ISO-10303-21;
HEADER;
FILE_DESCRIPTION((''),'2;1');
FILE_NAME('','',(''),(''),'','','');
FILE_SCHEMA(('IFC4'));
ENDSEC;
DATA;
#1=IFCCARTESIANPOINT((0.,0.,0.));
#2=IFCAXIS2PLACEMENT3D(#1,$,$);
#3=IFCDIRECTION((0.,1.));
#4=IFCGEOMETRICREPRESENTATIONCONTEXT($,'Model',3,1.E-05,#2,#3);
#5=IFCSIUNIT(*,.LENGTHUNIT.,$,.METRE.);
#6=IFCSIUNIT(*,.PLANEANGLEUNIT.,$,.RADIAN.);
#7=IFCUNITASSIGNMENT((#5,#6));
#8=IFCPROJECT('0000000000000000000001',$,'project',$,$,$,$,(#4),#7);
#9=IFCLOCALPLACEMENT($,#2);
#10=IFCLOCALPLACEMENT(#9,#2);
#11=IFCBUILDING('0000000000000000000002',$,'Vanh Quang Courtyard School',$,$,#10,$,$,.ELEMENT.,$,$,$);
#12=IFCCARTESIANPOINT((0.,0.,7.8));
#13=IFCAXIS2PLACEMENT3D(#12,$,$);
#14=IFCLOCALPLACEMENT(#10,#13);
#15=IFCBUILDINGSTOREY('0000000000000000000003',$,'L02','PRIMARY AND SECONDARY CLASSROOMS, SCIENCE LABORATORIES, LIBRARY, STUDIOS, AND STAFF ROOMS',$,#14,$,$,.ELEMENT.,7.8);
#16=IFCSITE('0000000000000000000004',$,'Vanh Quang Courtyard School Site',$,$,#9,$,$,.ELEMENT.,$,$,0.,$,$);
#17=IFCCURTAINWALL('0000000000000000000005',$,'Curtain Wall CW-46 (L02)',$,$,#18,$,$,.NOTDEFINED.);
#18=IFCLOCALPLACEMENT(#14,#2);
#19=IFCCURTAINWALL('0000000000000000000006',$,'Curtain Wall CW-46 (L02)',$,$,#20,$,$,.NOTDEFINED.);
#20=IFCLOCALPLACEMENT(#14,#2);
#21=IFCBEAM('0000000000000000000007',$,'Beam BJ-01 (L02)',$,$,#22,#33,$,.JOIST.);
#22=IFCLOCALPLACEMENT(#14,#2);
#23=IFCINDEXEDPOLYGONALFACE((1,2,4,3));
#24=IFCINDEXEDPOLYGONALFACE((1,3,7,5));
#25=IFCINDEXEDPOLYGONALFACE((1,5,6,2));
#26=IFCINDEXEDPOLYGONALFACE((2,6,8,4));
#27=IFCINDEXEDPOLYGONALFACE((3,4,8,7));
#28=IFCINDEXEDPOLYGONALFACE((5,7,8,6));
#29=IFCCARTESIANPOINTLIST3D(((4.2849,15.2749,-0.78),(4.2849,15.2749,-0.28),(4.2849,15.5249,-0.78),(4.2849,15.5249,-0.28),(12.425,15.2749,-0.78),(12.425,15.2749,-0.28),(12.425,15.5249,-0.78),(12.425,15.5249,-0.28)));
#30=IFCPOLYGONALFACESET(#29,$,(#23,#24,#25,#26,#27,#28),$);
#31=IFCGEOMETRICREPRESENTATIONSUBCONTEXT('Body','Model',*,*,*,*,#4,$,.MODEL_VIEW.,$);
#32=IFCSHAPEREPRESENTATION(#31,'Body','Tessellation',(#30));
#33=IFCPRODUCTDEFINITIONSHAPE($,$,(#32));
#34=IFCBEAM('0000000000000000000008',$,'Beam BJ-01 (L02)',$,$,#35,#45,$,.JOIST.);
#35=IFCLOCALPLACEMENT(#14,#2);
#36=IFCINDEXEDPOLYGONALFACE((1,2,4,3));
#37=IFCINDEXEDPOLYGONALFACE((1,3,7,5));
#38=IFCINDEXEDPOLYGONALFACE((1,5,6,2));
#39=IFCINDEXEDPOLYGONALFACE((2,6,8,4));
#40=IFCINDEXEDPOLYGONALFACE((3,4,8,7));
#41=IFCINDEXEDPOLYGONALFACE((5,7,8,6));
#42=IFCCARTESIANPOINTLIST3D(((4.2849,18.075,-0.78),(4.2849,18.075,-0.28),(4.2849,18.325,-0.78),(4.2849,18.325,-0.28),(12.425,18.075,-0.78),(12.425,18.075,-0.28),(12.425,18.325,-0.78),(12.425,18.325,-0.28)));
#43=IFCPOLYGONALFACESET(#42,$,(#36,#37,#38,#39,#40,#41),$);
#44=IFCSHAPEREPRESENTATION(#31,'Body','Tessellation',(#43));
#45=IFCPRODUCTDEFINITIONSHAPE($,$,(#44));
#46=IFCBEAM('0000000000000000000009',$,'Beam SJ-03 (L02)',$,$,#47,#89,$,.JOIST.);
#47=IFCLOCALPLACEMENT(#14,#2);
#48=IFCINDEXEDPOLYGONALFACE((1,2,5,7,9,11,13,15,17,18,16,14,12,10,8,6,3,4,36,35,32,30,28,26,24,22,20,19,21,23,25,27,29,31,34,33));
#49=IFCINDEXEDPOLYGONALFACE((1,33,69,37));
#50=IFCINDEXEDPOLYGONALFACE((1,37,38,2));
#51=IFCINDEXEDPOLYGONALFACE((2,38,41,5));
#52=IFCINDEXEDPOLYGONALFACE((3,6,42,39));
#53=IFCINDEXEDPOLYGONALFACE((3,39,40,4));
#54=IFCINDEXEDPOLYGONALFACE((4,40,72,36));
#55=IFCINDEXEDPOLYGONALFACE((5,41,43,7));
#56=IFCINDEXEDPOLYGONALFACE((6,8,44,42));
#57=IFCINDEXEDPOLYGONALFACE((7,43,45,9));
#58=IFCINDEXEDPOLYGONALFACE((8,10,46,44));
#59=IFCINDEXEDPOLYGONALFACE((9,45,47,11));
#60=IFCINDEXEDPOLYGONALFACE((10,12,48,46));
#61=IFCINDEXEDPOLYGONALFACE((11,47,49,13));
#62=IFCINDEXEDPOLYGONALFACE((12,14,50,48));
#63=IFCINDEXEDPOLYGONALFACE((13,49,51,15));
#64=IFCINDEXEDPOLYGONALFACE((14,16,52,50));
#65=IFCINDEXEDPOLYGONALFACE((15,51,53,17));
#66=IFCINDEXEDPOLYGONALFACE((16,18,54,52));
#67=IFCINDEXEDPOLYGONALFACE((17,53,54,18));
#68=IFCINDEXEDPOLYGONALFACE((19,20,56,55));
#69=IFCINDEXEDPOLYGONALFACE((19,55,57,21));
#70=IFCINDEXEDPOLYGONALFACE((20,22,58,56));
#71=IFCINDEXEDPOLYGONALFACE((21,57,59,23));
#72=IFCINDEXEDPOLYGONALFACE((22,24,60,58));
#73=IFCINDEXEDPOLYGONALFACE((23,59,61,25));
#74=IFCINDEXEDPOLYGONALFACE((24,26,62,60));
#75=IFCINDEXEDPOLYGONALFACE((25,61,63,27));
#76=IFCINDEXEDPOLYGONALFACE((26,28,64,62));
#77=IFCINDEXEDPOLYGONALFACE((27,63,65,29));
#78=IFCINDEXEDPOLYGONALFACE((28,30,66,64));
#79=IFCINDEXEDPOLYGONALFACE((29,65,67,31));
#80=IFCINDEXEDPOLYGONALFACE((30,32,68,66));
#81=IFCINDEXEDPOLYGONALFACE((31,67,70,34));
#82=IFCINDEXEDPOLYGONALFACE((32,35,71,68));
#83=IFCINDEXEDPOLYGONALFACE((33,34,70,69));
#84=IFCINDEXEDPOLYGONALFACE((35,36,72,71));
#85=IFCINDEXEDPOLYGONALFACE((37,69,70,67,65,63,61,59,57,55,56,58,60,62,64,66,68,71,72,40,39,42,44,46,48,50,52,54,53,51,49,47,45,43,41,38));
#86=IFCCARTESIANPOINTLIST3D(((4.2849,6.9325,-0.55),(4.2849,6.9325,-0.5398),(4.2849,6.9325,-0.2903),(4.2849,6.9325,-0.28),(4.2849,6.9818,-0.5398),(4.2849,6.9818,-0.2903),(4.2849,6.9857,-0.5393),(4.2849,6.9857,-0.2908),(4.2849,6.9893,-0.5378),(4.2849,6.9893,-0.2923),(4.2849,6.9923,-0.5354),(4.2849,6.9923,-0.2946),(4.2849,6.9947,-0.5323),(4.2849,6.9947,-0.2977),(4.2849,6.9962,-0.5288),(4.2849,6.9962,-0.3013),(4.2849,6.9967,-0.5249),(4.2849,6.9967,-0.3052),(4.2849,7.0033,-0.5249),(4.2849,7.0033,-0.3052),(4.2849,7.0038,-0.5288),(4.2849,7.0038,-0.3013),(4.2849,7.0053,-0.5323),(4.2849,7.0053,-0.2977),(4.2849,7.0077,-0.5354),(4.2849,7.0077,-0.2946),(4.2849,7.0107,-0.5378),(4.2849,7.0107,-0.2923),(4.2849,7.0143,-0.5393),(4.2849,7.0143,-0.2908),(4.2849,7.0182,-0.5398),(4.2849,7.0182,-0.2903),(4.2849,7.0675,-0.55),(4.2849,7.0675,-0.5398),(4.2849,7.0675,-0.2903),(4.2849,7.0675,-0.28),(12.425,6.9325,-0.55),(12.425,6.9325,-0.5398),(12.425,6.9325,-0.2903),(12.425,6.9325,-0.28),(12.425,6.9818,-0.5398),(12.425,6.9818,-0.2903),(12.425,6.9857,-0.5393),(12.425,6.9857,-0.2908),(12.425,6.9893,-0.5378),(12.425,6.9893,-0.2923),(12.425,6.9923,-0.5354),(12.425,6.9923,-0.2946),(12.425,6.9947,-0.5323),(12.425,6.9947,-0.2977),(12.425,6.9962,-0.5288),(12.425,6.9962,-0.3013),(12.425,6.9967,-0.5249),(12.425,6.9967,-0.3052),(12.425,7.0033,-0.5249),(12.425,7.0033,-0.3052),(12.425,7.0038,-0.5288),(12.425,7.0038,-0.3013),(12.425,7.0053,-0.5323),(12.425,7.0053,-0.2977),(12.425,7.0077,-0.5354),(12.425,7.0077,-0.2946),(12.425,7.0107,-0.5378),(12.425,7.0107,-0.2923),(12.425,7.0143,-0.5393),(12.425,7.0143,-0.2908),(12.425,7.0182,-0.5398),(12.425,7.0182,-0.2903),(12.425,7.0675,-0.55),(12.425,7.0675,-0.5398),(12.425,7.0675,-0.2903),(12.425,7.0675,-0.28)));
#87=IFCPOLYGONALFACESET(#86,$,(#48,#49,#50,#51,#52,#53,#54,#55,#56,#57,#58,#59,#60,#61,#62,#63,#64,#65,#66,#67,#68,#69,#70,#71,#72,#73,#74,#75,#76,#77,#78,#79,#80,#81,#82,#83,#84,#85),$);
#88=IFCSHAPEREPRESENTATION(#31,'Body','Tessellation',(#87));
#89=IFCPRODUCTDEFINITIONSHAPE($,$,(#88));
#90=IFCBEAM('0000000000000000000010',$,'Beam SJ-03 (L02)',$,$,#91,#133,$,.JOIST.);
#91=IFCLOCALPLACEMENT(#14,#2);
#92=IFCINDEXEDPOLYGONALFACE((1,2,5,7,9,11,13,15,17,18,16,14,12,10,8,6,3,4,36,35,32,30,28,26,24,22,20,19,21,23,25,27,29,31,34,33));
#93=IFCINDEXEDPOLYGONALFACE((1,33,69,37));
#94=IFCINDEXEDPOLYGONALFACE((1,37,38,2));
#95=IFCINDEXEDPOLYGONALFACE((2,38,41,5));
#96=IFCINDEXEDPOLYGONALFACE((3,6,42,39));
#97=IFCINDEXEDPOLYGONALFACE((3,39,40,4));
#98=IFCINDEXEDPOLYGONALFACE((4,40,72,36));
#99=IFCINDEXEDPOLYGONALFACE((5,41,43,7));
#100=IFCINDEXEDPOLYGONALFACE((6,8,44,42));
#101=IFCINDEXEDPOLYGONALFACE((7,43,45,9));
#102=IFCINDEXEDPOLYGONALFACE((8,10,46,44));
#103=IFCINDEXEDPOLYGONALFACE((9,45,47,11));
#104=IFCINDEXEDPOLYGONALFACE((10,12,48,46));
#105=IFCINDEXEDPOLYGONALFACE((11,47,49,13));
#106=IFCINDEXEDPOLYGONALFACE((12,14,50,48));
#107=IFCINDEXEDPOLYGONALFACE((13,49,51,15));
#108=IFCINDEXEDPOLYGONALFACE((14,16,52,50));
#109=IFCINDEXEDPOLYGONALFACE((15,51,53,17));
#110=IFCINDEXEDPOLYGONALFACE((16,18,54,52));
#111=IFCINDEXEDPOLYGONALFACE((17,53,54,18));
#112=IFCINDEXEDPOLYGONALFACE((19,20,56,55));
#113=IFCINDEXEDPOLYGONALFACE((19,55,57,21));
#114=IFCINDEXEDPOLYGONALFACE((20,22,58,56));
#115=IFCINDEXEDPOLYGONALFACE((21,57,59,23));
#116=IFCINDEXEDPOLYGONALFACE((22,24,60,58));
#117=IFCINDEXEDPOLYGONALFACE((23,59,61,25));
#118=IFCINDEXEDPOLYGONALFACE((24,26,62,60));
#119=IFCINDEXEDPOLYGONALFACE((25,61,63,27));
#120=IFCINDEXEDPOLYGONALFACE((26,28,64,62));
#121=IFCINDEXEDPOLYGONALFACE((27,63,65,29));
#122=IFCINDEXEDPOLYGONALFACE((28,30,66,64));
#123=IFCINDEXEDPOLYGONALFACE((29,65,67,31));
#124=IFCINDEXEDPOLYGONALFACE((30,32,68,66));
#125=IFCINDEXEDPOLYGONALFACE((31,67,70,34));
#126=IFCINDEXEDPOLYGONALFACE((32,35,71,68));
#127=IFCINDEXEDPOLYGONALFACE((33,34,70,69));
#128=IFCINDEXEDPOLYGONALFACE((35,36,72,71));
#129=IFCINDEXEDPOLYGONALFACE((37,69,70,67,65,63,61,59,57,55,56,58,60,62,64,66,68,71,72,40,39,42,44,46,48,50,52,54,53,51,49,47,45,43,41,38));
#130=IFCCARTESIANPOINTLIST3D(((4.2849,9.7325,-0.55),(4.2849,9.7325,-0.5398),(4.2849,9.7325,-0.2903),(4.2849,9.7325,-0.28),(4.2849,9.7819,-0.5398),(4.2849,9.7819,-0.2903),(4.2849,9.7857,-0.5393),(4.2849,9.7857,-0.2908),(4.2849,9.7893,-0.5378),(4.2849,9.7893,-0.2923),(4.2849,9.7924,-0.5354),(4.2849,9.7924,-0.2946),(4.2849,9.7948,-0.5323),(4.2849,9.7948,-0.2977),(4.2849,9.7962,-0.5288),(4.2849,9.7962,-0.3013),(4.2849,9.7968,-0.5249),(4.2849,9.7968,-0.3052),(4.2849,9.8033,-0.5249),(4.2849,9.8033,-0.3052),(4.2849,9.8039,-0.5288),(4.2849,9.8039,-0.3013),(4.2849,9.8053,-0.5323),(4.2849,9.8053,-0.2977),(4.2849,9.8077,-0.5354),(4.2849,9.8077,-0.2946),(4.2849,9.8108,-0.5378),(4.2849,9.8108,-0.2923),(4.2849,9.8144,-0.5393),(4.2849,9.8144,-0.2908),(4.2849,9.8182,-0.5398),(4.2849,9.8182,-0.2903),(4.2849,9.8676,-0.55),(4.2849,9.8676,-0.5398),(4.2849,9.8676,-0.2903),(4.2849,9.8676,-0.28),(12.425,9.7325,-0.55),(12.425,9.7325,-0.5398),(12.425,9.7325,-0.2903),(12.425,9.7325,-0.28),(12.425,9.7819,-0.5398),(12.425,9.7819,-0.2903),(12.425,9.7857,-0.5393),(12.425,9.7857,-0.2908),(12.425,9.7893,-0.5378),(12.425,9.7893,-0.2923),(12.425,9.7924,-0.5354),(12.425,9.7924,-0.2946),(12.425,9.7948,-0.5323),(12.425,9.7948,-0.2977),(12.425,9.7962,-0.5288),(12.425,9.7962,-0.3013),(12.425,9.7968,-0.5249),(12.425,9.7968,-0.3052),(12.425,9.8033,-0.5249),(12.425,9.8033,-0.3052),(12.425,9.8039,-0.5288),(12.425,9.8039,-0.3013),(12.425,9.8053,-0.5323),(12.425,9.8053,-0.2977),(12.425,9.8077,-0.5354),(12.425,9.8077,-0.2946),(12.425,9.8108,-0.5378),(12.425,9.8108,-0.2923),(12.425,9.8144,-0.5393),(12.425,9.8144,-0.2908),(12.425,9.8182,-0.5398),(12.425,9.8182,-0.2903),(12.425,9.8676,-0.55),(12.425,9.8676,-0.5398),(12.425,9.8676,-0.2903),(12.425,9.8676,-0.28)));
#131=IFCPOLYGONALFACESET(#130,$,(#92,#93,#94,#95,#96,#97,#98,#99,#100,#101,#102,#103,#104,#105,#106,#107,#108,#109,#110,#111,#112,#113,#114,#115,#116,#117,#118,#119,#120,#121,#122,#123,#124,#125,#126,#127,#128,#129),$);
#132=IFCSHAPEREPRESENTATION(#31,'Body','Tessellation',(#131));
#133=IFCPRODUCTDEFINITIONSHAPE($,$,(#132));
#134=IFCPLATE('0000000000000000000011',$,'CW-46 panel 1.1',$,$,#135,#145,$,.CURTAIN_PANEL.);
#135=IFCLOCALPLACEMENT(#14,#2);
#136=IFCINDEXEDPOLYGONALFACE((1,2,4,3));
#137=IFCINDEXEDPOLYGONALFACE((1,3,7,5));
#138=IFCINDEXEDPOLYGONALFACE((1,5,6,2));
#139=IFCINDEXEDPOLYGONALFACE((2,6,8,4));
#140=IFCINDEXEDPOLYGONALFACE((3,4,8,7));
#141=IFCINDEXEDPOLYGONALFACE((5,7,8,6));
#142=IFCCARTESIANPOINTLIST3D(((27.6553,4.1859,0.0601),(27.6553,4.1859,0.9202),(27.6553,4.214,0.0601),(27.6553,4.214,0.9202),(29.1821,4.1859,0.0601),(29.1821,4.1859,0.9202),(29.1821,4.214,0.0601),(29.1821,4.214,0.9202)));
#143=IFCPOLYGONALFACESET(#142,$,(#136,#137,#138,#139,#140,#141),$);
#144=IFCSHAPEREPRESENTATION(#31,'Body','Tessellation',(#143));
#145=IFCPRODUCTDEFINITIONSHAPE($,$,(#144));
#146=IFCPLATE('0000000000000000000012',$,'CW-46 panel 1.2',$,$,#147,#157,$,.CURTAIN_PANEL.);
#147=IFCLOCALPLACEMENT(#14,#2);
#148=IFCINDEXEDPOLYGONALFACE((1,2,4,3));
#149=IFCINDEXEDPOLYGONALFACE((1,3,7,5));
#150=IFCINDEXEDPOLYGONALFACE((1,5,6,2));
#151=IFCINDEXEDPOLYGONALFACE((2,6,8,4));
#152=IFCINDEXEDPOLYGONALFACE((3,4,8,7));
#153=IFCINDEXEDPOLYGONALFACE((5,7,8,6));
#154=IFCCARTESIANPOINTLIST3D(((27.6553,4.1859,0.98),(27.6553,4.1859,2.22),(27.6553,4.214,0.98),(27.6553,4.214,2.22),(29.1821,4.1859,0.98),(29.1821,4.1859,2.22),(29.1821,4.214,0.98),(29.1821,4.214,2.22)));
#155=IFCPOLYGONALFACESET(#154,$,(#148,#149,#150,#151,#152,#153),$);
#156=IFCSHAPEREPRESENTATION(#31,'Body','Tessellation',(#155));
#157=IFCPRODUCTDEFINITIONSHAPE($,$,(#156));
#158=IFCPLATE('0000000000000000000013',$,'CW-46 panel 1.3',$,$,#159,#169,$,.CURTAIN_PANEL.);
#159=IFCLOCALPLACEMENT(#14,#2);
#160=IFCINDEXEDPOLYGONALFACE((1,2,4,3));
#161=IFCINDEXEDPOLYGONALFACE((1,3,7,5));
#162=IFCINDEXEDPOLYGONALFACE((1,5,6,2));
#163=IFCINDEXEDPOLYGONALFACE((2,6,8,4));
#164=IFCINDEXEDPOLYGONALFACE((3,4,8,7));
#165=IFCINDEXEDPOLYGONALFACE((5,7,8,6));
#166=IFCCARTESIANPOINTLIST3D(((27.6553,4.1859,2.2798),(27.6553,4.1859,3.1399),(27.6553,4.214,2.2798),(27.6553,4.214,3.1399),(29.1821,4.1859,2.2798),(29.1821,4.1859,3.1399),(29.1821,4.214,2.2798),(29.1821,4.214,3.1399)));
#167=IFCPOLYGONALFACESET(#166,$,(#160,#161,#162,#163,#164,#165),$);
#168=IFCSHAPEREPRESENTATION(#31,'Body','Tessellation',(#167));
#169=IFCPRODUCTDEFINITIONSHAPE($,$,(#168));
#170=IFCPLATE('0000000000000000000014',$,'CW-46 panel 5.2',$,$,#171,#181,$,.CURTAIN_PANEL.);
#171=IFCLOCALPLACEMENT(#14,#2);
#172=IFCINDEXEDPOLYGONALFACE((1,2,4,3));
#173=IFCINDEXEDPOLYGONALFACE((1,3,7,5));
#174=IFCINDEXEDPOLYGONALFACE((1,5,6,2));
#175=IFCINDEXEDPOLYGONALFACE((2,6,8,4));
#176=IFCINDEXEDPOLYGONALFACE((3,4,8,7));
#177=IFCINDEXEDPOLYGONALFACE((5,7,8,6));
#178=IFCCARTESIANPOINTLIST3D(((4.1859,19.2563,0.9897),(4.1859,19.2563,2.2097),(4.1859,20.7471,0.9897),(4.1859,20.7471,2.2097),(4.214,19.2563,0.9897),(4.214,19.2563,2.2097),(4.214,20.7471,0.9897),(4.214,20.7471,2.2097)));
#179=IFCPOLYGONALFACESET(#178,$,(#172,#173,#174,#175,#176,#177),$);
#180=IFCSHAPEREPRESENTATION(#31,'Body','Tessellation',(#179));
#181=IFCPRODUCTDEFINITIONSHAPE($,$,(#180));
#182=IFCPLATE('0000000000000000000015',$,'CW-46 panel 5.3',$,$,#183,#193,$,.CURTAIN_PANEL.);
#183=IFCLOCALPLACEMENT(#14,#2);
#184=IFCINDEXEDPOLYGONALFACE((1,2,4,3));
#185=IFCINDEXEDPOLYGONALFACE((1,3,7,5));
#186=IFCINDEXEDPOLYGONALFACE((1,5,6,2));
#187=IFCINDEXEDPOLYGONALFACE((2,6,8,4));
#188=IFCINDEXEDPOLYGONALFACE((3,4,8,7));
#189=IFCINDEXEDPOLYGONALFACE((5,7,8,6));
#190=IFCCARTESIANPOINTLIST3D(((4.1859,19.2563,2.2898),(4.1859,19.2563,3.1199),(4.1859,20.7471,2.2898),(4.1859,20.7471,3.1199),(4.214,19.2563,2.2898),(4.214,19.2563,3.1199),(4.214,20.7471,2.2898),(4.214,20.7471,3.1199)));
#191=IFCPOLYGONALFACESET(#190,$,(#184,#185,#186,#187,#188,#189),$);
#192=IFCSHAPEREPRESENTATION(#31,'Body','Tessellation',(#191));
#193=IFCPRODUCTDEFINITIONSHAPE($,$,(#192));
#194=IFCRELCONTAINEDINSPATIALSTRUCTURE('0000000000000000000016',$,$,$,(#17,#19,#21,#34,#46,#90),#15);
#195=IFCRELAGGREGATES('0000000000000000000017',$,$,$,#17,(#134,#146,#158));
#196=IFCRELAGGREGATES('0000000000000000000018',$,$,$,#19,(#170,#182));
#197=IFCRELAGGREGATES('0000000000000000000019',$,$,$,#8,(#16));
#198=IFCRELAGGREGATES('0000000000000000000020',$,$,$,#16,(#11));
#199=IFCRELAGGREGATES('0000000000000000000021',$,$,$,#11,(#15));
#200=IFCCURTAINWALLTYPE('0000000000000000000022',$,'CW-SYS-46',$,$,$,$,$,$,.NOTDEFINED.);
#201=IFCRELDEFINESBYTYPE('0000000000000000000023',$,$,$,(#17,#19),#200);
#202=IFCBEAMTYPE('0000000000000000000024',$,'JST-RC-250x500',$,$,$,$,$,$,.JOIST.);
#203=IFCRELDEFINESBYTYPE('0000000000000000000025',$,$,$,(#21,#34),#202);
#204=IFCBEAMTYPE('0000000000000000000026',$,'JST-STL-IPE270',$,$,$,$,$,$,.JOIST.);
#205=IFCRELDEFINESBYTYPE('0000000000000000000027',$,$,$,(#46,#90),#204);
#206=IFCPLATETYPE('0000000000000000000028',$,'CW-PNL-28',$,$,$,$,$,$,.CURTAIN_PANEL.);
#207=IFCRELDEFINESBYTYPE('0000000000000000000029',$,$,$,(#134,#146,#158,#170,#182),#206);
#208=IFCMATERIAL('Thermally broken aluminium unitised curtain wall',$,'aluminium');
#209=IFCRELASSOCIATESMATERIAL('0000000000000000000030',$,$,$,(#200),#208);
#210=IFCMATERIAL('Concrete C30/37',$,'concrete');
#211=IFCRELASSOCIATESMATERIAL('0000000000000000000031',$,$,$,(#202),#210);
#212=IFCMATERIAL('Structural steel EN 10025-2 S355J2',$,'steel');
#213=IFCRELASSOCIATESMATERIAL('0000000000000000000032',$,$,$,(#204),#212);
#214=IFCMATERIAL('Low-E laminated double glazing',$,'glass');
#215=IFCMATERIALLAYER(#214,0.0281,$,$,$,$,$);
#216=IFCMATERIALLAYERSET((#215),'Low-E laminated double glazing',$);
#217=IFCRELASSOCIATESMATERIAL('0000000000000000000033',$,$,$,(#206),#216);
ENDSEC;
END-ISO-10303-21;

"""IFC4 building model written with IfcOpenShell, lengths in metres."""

from ifc_helpers import new_model, si_unit, direction, frame, origin, origin_2d, place, context, subcontext, project, spatial, rectangle, i_section, extrude, material, layer, layer_set, material_profile, profile_set, type_object, element, aggregate, save


model = new_model("IFC4")

# Units and contexts
model_context = context("Model", 3, precision=1e-05, world=origin(), true_north=direction((0.0, 1.0)))
body_context = subcontext(model_context, "Body", "Model", "MODEL_VIEW")
ifc_project = project(units=[si_unit("LENGTHUNIT", "METRE"), si_unit("PLANEANGLEUNIT", "RADIAN")], contexts=[model_context])

# Site, building, storey
site_placement = place(None, origin())
site = spatial("IfcSite", under=ifc_project, at=site_placement, Name="Vanh Quang Courtyard School Site", CompositionType="ELEMENT", RefElevation=0.0)
building_placement = place(site_placement, origin())
building = spatial("IfcBuilding", under=site, at=building_placement, Name="Vanh Quang Courtyard School", CompositionType="ELEMENT")
storey_placement = place(building_placement, frame((0.0, 0.0, 7.8)))
storey = spatial("IfcBuildingStorey", under=building, at=storey_placement, Name="L02", Description="PRIMARY AND SECONDARY CLASSROOMS, SCIENCE LABORATORIES, LIBRARY, STUDIOS, AND STAFF ROOMS", CompositionType="ELEMENT", Elevation=7.8)

# Shared definitions
ifc_material_1 = material(Name="Structural steel EN 10025-2 S355J2", Category="steel")

# Curtain walls
ifc_material_2 = material(Name="Thermally broken aluminium unitised curtain wall", Category="aluminium")
curtain_wall_type = type_object("IfcCurtainWallType", Name="CW-SYS-46", PredefinedType="NOTDEFINED", material=ifc_material_2)
curtain_wall_1_placement = place(storey_placement, origin())
curtain_wall_1 = element("IfcCurtainWall", 1, at=curtain_wall_1_placement, inside=storey, type_object=curtain_wall_type, Name="Curtain Wall CW-46 (L02)", PredefinedType="NOTDEFINED")
curtain_wall_2_placement = place(storey_placement, origin())
curtain_wall_2 = element("IfcCurtainWall", 2, at=curtain_wall_2_placement, inside=storey, type_object=curtain_wall_type, Name="Curtain Wall CW-46 (L02)", PredefinedType="NOTDEFINED")

# Beams
ifc_material_3 = material(Name="Concrete C30/37", Category="concrete")
ifc_material_profile_1 = material_profile(ifc_material_3, rectangle(XDim=0.25, YDim=0.5, at=origin_2d()), Name="RC-JST 250x500")
ifc_profile_set_1 = profile_set([ifc_material_profile_1], Name="Concrete C30/37")
beam_type_1 = type_object("IfcBeamType", Name="JST-RC-250x500", PredefinedType="JOIST", material=ifc_profile_set_1)
for number, where, z_axis, x_axis, name in (
    (3, (4.2849, 15.3999, -0.53), (1.0, 0.0, 0.0), (0.0, 1.0, 0.0), "Beam BJ-01 (L02)"),
    (4, (4.2849, 18.2, -0.53), (1.0, 0.0, 0.0), (0.0, 1.0, 0.0), "Beam BJ-01 (L02)"),
):
    element("IfcBeam", number, at=place(storey_placement, frame(where, z_axis=z_axis, x_axis=x_axis)), inside=storey, type_object=beam_type_1, Name=name, PredefinedType="JOIST", context=body_context, shape_type="SweptSolid", body=[
        extrude(rectangle(XDim=0.25, YDim=0.5, at=origin_2d()), origin(), (0.0, 0.0, 1.0), 8.1401),
    ])
ifc_material_profile_2 = material_profile(ifc_material_1, i_section(OverallWidth=0.135, OverallDepth=0.27, WebThickness=0.0066, FlangeThickness=0.0103, FilletRadius=0.0149, at=origin_2d()), Name="IPE 270")
ifc_profile_set_2 = profile_set([ifc_material_profile_2], Name="Structural steel EN 10025-2 S355J2")
beam_type_2 = type_object("IfcBeamType", Name="JST-STL-IPE270", PredefinedType="JOIST", material=ifc_profile_set_2)
for number, where, z_axis, x_axis, name in (
    (5, (4.2849, 7.0, -0.415), (1.0, 0.0, 0.0), (0.0, 1.0, 0.0), "Beam SJ-03 (L02)"),
    (6, (4.2849, 9.8, -0.415), (1.0, 0.0, 0.0), (0.0, 1.0, 0.0), "Beam SJ-03 (L02)"),
):
    element("IfcBeam", number, at=place(storey_placement, frame(where, z_axis=z_axis, x_axis=x_axis)), inside=storey, type_object=beam_type_2, Name=name, PredefinedType="JOIST", context=body_context, shape_type="SweptSolid", body=[
        extrude(i_section(OverallWidth=0.135, OverallDepth=0.27, WebThickness=0.0066, FlangeThickness=0.0103, FilletRadius=0.0149, at=origin_2d()), origin(), (0.0, 0.0, 1.0), 8.1401),
    ])

# Plates
ifc_material_4 = material(Name="Low-E laminated double glazing", Category="glass")
ifc_layer_1 = layer(ifc_material_4, 0.0281)
ifc_layer_set_1 = layer_set([ifc_layer_1], Name="Low-E laminated double glazing")
plate_type = type_object("IfcPlateType", Name="CW-PNL-28", PredefinedType="CURTAIN_PANEL", material=ifc_layer_set_1)
plate_1_placement = place(storey_placement, frame((28.4187, 4.2, 0.0601), z_axis=(0.0, 0.0, 1.0), x_axis=(-1.0, 0.0, 0.0)))
plate_1 = element("IfcPlate", 7, at=plate_1_placement, type_object=plate_type, Name="CW-46 panel 1.1", PredefinedType="CURTAIN_PANEL", context=body_context, shape_type="SweptSolid", body=[
    extrude(rectangle(XDim=1.5269, YDim=0.0281, at=origin_2d()), origin(), (0.0, 0.0, 1.0), 0.8601),
])
plate_2_placement = place(storey_placement, frame((28.4187, 4.2, 0.98), z_axis=(0.0, 0.0, 1.0), x_axis=(-1.0, 0.0, 0.0)))
plate_2 = element("IfcPlate", 8, at=plate_2_placement, type_object=plate_type, Name="CW-46 panel 1.2", PredefinedType="CURTAIN_PANEL", context=body_context, shape_type="SweptSolid", body=[
    extrude(rectangle(XDim=1.5269, YDim=0.0281, at=origin_2d()), origin(), (0.0, 0.0, 1.0), 1.24),
])
plate_3_placement = place(storey_placement, frame((28.4187, 4.2, 2.2798), z_axis=(0.0, 0.0, 1.0), x_axis=(-1.0, 0.0, 0.0)))
plate_3 = element("IfcPlate", 9, at=plate_3_placement, type_object=plate_type, Name="CW-46 panel 1.3", PredefinedType="CURTAIN_PANEL", context=body_context, shape_type="SweptSolid", body=[
    extrude(rectangle(XDim=1.5269, YDim=0.0281, at=origin_2d()), origin(), (0.0, 0.0, 1.0), 0.8601),
])
aggregate(curtain_wall_1, [plate_1, plate_2, plate_3])
plate_4_placement = place(storey_placement, frame((4.2, 20.0017, 0.9897), z_axis=(0.0, 0.0, 1.0), x_axis=(0.0, 1.0, 0.0)))
plate_4 = element("IfcPlate", 10, at=plate_4_placement, type_object=plate_type, Name="CW-46 panel 5.2", PredefinedType="CURTAIN_PANEL", context=body_context, shape_type="SweptSolid", body=[
    extrude(rectangle(XDim=1.4907, YDim=0.0281, at=origin_2d()), origin(), (0.0, 0.0, 1.0), 1.22),
])
plate_5_placement = place(storey_placement, frame((4.2, 20.0017, 2.2898), z_axis=(0.0, 0.0, 1.0), x_axis=(0.0, 1.0, 0.0)))
plate_5 = element("IfcPlate", 11, at=plate_5_placement, type_object=plate_type, Name="CW-46 panel 5.3", PredefinedType="CURTAIN_PANEL", context=body_context, shape_type="SweptSolid", body=[
    extrude(rectangle(XDim=1.4907, YDim=0.0281, at=origin_2d()), origin(), (0.0, 0.0, 1.0), 0.8301),
])
aggregate(curtain_wall_2, [plate_4, plate_5])

save(model, "model.ifc")
